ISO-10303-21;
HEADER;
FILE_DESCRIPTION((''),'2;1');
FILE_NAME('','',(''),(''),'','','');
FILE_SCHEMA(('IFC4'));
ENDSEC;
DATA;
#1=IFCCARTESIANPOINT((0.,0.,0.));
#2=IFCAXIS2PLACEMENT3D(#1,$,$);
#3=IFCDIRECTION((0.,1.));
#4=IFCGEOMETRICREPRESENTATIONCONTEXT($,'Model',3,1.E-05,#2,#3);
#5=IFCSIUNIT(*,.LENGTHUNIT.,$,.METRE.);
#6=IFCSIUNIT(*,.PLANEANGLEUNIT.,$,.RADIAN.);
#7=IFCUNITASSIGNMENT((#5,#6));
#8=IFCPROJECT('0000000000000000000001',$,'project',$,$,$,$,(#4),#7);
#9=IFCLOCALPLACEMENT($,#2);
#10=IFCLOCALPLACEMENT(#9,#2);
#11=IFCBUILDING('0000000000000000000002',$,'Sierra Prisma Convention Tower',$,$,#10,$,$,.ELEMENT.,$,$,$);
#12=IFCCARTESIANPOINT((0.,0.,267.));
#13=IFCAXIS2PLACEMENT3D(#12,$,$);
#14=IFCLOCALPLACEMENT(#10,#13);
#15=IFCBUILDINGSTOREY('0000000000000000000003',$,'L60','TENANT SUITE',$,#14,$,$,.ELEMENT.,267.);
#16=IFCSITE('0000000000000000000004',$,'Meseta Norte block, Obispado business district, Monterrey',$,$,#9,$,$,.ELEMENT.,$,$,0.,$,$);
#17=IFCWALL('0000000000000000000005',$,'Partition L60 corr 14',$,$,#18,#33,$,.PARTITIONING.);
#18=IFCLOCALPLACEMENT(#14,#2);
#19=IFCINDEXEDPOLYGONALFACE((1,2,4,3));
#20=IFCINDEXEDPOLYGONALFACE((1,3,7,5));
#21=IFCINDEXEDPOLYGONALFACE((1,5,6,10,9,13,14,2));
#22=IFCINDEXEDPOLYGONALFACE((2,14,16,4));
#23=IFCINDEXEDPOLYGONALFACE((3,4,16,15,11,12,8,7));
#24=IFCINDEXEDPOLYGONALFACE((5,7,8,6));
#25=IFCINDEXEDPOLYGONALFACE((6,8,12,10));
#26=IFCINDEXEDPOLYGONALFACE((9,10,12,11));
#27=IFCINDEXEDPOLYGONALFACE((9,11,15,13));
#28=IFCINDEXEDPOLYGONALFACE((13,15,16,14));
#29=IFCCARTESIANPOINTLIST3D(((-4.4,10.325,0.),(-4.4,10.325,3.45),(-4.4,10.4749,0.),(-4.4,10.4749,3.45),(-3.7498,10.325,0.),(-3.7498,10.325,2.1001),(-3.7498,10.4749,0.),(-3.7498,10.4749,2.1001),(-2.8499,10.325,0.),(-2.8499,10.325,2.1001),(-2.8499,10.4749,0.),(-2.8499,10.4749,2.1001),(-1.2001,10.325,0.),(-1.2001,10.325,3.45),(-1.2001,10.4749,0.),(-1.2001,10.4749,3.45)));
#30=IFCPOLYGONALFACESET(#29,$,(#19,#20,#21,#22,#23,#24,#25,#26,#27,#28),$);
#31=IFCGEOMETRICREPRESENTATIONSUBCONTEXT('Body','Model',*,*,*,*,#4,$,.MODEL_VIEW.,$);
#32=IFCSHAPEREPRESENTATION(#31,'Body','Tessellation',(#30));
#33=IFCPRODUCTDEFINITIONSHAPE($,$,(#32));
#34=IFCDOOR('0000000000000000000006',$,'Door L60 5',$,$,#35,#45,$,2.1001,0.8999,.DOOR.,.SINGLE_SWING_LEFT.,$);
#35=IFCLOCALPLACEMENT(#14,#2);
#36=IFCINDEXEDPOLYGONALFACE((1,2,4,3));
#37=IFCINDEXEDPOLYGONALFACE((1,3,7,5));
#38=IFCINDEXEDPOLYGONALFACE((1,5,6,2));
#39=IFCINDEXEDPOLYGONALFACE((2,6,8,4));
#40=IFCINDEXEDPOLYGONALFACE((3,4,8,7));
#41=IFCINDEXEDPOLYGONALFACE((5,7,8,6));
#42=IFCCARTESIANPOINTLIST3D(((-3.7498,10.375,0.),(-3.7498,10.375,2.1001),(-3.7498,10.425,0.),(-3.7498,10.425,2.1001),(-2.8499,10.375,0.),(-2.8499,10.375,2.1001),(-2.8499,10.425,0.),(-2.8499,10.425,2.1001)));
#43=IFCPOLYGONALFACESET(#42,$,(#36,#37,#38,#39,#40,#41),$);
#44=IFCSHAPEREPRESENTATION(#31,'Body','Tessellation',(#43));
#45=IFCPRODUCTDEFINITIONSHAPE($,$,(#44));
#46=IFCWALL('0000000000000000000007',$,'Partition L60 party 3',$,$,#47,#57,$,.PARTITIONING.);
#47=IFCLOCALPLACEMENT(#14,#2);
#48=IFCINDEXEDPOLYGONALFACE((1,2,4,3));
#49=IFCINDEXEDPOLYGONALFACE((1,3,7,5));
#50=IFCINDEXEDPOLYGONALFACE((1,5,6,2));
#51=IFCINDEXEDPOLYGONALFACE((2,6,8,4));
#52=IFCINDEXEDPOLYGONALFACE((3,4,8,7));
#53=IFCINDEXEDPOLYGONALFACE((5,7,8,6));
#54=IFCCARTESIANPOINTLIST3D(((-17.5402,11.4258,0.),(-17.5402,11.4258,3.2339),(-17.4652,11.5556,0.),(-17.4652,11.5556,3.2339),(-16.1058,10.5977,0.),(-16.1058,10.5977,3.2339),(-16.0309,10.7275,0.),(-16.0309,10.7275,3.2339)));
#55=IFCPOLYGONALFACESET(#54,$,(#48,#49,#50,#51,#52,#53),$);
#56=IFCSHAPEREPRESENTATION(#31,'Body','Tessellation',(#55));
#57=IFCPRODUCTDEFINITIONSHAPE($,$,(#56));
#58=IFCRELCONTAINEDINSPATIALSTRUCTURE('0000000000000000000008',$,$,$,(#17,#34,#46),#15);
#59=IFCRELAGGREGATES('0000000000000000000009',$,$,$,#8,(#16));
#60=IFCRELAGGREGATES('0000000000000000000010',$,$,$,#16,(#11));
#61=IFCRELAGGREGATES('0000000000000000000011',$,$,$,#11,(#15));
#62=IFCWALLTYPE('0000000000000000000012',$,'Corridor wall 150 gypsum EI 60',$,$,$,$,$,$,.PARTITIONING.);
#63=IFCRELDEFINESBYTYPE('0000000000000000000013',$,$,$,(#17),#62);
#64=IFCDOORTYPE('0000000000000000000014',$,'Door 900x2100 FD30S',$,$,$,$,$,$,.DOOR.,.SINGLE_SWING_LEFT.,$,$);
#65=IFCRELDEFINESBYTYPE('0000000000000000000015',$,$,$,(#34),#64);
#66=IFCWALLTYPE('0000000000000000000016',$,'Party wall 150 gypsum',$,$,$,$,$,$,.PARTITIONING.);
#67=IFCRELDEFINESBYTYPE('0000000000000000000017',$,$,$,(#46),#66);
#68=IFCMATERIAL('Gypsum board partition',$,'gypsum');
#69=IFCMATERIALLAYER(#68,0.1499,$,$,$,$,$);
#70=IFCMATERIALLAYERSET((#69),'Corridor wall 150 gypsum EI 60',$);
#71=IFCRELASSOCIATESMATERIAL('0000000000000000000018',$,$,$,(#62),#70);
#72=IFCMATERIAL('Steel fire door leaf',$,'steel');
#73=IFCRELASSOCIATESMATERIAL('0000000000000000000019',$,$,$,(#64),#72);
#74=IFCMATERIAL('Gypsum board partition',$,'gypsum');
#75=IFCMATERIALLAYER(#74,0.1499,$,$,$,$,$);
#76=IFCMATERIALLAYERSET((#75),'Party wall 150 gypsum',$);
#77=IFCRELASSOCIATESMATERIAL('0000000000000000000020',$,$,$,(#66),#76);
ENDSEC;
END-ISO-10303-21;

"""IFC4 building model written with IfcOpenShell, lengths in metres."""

from ifc_helpers import new_model, si_unit, direction, frame, frame_2d, origin, place, context, subcontext, project, spatial, rectangle, extrude, material, layer, layer_set, type_object, element, fill, save


model = new_model("IFC4")

# Units and contexts
model_context = context("Model", 3, precision=1e-05, world=origin(), true_north=direction((0.0, 1.0)))
body_context = subcontext(model_context, "Body", "Model", "MODEL_VIEW")
ifc_project = project(units=[si_unit("LENGTHUNIT", "METRE"), si_unit("PLANEANGLEUNIT", "RADIAN")], contexts=[model_context])

# Site, building, storey
site_placement = place(None, origin())
site = spatial("IfcSite", under=ifc_project, at=site_placement, Name="Meseta Norte block, Obispado business district, Monterrey", CompositionType="ELEMENT", RefElevation=0.0)
building_placement = place(site_placement, origin())
building = spatial("IfcBuilding", under=site, at=building_placement, Name="Sierra Prisma Convention Tower", CompositionType="ELEMENT")
storey_placement = place(building_placement, frame((0.0, 0.0, 267.0)))
storey = spatial("IfcBuildingStorey", under=building, at=storey_placement, Name="L60", Description="TENANT SUITE", CompositionType="ELEMENT", Elevation=267.0)

# Shared definitions
ifc_material_1 = material(Name="Gypsum board partition", Category="gypsum")
ifc_layer_1 = layer(ifc_material_1, 0.1499)
ifc_layer_set_1 = layer_set([ifc_layer_1], Name="Corridor wall 150 gypsum EI 60")
wall_type_1 = type_object("IfcWallType", Name="Corridor wall 150 gypsum EI 60", PredefinedType="PARTITIONING", material=ifc_layer_set_1)

# Wall, opening, door
wall_1_placement = place(storey_placement, frame((-1.2, 10.3999, 0.0), z_axis=(0.0, 0.0, 1.0), x_axis=(-1.0, 0.0, 0.0)))
wall_1 = element("IfcWall", 1, at=wall_1_placement, inside=storey, type_object=wall_type_1, Name="Partition L60 corr 14", PredefinedType="PARTITIONING", context=body_context, shape_type="SweptSolid", body=[
    extrude(rectangle(XDim=3.2, YDim=0.1499, at=frame_2d((1.6001, 0.0))), origin(), (0.0, 0.0, 1.0), 3.45),
])
opening_1_placement = place(wall_1_placement, frame((1.6499, 0.0, 0.0)))
opening_1 = element("IfcOpeningElement", 2, at=opening_1_placement, cuts=wall_1, PredefinedType="OPENING", context=body_context, shape_type="SweptSolid", body=[
    extrude(rectangle(XDim=0.8999, YDim=2.1001, at=frame_2d((0.45, 1.05))), frame((0.0, 0.075, 0.0), z_axis=(0.0, -1.0, 0.0), x_axis=(1.0, 0.0, 0.0)), (0.0, 0.0, 1.0), 0.1499),
])
ifc_material_2 = material(Name="Steel fire door leaf", Category="steel")
door_type_1 = type_object("IfcDoorType", Name="Door 900x2100 FD30S", OperationType="SINGLE_SWING_LEFT", PredefinedType="DOOR", material=ifc_material_2)
door_1_placement = place(opening_1_placement, origin())
door_1 = element("IfcDoor", 3, at=door_1_placement, inside=storey, type_object=door_type_1, Name="Door L60 5", OperationType="SINGLE_SWING_LEFT", OverallHeight=2.1001, OverallWidth=0.8999, PredefinedType="DOOR", context=body_context, shape_type="SweptSolid", body=[
    extrude(rectangle(XDim=0.8999, YDim=2.1001, at=frame_2d((0.45, 1.05))), frame((0.0, 0.0249, 0.0), z_axis=(0.0, -1.0, 0.0), x_axis=(1.0, 0.0, 0.0)), (0.0, 0.0, 1.0), 0.05),
])
fill(opening_1, door_1)

# Wall
ifc_material_3 = material(Name="Gypsum board partition", Category="gypsum")
ifc_layer_2 = layer(ifc_material_3, 0.1499)
ifc_layer_set_2 = layer_set([ifc_layer_2], Name="Party wall 150 gypsum")
wall_type_2 = type_object("IfcWallType", Name="Party wall 150 gypsum", PredefinedType="PARTITIONING", material=ifc_layer_set_2)
wall_2_placement = place(storey_placement, frame((-16.0684, 10.6626, 0.0), z_axis=(0.0, 0.0, 1.0), x_axis=(-0.866021, 0.500007, 0.0)))
element("IfcWall", 4, at=wall_2_placement, inside=storey, type_object=wall_type_2, Name="Partition L60 party 3", PredefinedType="PARTITIONING", context=body_context, shape_type="SweptSolid", body=[
    extrude(rectangle(XDim=1.6562, YDim=0.1499, at=frame_2d((0.8281, 0.0))), origin(), (0.0, 0.0, 1.0), 3.2339),
])

save(model, "model.ifc")
